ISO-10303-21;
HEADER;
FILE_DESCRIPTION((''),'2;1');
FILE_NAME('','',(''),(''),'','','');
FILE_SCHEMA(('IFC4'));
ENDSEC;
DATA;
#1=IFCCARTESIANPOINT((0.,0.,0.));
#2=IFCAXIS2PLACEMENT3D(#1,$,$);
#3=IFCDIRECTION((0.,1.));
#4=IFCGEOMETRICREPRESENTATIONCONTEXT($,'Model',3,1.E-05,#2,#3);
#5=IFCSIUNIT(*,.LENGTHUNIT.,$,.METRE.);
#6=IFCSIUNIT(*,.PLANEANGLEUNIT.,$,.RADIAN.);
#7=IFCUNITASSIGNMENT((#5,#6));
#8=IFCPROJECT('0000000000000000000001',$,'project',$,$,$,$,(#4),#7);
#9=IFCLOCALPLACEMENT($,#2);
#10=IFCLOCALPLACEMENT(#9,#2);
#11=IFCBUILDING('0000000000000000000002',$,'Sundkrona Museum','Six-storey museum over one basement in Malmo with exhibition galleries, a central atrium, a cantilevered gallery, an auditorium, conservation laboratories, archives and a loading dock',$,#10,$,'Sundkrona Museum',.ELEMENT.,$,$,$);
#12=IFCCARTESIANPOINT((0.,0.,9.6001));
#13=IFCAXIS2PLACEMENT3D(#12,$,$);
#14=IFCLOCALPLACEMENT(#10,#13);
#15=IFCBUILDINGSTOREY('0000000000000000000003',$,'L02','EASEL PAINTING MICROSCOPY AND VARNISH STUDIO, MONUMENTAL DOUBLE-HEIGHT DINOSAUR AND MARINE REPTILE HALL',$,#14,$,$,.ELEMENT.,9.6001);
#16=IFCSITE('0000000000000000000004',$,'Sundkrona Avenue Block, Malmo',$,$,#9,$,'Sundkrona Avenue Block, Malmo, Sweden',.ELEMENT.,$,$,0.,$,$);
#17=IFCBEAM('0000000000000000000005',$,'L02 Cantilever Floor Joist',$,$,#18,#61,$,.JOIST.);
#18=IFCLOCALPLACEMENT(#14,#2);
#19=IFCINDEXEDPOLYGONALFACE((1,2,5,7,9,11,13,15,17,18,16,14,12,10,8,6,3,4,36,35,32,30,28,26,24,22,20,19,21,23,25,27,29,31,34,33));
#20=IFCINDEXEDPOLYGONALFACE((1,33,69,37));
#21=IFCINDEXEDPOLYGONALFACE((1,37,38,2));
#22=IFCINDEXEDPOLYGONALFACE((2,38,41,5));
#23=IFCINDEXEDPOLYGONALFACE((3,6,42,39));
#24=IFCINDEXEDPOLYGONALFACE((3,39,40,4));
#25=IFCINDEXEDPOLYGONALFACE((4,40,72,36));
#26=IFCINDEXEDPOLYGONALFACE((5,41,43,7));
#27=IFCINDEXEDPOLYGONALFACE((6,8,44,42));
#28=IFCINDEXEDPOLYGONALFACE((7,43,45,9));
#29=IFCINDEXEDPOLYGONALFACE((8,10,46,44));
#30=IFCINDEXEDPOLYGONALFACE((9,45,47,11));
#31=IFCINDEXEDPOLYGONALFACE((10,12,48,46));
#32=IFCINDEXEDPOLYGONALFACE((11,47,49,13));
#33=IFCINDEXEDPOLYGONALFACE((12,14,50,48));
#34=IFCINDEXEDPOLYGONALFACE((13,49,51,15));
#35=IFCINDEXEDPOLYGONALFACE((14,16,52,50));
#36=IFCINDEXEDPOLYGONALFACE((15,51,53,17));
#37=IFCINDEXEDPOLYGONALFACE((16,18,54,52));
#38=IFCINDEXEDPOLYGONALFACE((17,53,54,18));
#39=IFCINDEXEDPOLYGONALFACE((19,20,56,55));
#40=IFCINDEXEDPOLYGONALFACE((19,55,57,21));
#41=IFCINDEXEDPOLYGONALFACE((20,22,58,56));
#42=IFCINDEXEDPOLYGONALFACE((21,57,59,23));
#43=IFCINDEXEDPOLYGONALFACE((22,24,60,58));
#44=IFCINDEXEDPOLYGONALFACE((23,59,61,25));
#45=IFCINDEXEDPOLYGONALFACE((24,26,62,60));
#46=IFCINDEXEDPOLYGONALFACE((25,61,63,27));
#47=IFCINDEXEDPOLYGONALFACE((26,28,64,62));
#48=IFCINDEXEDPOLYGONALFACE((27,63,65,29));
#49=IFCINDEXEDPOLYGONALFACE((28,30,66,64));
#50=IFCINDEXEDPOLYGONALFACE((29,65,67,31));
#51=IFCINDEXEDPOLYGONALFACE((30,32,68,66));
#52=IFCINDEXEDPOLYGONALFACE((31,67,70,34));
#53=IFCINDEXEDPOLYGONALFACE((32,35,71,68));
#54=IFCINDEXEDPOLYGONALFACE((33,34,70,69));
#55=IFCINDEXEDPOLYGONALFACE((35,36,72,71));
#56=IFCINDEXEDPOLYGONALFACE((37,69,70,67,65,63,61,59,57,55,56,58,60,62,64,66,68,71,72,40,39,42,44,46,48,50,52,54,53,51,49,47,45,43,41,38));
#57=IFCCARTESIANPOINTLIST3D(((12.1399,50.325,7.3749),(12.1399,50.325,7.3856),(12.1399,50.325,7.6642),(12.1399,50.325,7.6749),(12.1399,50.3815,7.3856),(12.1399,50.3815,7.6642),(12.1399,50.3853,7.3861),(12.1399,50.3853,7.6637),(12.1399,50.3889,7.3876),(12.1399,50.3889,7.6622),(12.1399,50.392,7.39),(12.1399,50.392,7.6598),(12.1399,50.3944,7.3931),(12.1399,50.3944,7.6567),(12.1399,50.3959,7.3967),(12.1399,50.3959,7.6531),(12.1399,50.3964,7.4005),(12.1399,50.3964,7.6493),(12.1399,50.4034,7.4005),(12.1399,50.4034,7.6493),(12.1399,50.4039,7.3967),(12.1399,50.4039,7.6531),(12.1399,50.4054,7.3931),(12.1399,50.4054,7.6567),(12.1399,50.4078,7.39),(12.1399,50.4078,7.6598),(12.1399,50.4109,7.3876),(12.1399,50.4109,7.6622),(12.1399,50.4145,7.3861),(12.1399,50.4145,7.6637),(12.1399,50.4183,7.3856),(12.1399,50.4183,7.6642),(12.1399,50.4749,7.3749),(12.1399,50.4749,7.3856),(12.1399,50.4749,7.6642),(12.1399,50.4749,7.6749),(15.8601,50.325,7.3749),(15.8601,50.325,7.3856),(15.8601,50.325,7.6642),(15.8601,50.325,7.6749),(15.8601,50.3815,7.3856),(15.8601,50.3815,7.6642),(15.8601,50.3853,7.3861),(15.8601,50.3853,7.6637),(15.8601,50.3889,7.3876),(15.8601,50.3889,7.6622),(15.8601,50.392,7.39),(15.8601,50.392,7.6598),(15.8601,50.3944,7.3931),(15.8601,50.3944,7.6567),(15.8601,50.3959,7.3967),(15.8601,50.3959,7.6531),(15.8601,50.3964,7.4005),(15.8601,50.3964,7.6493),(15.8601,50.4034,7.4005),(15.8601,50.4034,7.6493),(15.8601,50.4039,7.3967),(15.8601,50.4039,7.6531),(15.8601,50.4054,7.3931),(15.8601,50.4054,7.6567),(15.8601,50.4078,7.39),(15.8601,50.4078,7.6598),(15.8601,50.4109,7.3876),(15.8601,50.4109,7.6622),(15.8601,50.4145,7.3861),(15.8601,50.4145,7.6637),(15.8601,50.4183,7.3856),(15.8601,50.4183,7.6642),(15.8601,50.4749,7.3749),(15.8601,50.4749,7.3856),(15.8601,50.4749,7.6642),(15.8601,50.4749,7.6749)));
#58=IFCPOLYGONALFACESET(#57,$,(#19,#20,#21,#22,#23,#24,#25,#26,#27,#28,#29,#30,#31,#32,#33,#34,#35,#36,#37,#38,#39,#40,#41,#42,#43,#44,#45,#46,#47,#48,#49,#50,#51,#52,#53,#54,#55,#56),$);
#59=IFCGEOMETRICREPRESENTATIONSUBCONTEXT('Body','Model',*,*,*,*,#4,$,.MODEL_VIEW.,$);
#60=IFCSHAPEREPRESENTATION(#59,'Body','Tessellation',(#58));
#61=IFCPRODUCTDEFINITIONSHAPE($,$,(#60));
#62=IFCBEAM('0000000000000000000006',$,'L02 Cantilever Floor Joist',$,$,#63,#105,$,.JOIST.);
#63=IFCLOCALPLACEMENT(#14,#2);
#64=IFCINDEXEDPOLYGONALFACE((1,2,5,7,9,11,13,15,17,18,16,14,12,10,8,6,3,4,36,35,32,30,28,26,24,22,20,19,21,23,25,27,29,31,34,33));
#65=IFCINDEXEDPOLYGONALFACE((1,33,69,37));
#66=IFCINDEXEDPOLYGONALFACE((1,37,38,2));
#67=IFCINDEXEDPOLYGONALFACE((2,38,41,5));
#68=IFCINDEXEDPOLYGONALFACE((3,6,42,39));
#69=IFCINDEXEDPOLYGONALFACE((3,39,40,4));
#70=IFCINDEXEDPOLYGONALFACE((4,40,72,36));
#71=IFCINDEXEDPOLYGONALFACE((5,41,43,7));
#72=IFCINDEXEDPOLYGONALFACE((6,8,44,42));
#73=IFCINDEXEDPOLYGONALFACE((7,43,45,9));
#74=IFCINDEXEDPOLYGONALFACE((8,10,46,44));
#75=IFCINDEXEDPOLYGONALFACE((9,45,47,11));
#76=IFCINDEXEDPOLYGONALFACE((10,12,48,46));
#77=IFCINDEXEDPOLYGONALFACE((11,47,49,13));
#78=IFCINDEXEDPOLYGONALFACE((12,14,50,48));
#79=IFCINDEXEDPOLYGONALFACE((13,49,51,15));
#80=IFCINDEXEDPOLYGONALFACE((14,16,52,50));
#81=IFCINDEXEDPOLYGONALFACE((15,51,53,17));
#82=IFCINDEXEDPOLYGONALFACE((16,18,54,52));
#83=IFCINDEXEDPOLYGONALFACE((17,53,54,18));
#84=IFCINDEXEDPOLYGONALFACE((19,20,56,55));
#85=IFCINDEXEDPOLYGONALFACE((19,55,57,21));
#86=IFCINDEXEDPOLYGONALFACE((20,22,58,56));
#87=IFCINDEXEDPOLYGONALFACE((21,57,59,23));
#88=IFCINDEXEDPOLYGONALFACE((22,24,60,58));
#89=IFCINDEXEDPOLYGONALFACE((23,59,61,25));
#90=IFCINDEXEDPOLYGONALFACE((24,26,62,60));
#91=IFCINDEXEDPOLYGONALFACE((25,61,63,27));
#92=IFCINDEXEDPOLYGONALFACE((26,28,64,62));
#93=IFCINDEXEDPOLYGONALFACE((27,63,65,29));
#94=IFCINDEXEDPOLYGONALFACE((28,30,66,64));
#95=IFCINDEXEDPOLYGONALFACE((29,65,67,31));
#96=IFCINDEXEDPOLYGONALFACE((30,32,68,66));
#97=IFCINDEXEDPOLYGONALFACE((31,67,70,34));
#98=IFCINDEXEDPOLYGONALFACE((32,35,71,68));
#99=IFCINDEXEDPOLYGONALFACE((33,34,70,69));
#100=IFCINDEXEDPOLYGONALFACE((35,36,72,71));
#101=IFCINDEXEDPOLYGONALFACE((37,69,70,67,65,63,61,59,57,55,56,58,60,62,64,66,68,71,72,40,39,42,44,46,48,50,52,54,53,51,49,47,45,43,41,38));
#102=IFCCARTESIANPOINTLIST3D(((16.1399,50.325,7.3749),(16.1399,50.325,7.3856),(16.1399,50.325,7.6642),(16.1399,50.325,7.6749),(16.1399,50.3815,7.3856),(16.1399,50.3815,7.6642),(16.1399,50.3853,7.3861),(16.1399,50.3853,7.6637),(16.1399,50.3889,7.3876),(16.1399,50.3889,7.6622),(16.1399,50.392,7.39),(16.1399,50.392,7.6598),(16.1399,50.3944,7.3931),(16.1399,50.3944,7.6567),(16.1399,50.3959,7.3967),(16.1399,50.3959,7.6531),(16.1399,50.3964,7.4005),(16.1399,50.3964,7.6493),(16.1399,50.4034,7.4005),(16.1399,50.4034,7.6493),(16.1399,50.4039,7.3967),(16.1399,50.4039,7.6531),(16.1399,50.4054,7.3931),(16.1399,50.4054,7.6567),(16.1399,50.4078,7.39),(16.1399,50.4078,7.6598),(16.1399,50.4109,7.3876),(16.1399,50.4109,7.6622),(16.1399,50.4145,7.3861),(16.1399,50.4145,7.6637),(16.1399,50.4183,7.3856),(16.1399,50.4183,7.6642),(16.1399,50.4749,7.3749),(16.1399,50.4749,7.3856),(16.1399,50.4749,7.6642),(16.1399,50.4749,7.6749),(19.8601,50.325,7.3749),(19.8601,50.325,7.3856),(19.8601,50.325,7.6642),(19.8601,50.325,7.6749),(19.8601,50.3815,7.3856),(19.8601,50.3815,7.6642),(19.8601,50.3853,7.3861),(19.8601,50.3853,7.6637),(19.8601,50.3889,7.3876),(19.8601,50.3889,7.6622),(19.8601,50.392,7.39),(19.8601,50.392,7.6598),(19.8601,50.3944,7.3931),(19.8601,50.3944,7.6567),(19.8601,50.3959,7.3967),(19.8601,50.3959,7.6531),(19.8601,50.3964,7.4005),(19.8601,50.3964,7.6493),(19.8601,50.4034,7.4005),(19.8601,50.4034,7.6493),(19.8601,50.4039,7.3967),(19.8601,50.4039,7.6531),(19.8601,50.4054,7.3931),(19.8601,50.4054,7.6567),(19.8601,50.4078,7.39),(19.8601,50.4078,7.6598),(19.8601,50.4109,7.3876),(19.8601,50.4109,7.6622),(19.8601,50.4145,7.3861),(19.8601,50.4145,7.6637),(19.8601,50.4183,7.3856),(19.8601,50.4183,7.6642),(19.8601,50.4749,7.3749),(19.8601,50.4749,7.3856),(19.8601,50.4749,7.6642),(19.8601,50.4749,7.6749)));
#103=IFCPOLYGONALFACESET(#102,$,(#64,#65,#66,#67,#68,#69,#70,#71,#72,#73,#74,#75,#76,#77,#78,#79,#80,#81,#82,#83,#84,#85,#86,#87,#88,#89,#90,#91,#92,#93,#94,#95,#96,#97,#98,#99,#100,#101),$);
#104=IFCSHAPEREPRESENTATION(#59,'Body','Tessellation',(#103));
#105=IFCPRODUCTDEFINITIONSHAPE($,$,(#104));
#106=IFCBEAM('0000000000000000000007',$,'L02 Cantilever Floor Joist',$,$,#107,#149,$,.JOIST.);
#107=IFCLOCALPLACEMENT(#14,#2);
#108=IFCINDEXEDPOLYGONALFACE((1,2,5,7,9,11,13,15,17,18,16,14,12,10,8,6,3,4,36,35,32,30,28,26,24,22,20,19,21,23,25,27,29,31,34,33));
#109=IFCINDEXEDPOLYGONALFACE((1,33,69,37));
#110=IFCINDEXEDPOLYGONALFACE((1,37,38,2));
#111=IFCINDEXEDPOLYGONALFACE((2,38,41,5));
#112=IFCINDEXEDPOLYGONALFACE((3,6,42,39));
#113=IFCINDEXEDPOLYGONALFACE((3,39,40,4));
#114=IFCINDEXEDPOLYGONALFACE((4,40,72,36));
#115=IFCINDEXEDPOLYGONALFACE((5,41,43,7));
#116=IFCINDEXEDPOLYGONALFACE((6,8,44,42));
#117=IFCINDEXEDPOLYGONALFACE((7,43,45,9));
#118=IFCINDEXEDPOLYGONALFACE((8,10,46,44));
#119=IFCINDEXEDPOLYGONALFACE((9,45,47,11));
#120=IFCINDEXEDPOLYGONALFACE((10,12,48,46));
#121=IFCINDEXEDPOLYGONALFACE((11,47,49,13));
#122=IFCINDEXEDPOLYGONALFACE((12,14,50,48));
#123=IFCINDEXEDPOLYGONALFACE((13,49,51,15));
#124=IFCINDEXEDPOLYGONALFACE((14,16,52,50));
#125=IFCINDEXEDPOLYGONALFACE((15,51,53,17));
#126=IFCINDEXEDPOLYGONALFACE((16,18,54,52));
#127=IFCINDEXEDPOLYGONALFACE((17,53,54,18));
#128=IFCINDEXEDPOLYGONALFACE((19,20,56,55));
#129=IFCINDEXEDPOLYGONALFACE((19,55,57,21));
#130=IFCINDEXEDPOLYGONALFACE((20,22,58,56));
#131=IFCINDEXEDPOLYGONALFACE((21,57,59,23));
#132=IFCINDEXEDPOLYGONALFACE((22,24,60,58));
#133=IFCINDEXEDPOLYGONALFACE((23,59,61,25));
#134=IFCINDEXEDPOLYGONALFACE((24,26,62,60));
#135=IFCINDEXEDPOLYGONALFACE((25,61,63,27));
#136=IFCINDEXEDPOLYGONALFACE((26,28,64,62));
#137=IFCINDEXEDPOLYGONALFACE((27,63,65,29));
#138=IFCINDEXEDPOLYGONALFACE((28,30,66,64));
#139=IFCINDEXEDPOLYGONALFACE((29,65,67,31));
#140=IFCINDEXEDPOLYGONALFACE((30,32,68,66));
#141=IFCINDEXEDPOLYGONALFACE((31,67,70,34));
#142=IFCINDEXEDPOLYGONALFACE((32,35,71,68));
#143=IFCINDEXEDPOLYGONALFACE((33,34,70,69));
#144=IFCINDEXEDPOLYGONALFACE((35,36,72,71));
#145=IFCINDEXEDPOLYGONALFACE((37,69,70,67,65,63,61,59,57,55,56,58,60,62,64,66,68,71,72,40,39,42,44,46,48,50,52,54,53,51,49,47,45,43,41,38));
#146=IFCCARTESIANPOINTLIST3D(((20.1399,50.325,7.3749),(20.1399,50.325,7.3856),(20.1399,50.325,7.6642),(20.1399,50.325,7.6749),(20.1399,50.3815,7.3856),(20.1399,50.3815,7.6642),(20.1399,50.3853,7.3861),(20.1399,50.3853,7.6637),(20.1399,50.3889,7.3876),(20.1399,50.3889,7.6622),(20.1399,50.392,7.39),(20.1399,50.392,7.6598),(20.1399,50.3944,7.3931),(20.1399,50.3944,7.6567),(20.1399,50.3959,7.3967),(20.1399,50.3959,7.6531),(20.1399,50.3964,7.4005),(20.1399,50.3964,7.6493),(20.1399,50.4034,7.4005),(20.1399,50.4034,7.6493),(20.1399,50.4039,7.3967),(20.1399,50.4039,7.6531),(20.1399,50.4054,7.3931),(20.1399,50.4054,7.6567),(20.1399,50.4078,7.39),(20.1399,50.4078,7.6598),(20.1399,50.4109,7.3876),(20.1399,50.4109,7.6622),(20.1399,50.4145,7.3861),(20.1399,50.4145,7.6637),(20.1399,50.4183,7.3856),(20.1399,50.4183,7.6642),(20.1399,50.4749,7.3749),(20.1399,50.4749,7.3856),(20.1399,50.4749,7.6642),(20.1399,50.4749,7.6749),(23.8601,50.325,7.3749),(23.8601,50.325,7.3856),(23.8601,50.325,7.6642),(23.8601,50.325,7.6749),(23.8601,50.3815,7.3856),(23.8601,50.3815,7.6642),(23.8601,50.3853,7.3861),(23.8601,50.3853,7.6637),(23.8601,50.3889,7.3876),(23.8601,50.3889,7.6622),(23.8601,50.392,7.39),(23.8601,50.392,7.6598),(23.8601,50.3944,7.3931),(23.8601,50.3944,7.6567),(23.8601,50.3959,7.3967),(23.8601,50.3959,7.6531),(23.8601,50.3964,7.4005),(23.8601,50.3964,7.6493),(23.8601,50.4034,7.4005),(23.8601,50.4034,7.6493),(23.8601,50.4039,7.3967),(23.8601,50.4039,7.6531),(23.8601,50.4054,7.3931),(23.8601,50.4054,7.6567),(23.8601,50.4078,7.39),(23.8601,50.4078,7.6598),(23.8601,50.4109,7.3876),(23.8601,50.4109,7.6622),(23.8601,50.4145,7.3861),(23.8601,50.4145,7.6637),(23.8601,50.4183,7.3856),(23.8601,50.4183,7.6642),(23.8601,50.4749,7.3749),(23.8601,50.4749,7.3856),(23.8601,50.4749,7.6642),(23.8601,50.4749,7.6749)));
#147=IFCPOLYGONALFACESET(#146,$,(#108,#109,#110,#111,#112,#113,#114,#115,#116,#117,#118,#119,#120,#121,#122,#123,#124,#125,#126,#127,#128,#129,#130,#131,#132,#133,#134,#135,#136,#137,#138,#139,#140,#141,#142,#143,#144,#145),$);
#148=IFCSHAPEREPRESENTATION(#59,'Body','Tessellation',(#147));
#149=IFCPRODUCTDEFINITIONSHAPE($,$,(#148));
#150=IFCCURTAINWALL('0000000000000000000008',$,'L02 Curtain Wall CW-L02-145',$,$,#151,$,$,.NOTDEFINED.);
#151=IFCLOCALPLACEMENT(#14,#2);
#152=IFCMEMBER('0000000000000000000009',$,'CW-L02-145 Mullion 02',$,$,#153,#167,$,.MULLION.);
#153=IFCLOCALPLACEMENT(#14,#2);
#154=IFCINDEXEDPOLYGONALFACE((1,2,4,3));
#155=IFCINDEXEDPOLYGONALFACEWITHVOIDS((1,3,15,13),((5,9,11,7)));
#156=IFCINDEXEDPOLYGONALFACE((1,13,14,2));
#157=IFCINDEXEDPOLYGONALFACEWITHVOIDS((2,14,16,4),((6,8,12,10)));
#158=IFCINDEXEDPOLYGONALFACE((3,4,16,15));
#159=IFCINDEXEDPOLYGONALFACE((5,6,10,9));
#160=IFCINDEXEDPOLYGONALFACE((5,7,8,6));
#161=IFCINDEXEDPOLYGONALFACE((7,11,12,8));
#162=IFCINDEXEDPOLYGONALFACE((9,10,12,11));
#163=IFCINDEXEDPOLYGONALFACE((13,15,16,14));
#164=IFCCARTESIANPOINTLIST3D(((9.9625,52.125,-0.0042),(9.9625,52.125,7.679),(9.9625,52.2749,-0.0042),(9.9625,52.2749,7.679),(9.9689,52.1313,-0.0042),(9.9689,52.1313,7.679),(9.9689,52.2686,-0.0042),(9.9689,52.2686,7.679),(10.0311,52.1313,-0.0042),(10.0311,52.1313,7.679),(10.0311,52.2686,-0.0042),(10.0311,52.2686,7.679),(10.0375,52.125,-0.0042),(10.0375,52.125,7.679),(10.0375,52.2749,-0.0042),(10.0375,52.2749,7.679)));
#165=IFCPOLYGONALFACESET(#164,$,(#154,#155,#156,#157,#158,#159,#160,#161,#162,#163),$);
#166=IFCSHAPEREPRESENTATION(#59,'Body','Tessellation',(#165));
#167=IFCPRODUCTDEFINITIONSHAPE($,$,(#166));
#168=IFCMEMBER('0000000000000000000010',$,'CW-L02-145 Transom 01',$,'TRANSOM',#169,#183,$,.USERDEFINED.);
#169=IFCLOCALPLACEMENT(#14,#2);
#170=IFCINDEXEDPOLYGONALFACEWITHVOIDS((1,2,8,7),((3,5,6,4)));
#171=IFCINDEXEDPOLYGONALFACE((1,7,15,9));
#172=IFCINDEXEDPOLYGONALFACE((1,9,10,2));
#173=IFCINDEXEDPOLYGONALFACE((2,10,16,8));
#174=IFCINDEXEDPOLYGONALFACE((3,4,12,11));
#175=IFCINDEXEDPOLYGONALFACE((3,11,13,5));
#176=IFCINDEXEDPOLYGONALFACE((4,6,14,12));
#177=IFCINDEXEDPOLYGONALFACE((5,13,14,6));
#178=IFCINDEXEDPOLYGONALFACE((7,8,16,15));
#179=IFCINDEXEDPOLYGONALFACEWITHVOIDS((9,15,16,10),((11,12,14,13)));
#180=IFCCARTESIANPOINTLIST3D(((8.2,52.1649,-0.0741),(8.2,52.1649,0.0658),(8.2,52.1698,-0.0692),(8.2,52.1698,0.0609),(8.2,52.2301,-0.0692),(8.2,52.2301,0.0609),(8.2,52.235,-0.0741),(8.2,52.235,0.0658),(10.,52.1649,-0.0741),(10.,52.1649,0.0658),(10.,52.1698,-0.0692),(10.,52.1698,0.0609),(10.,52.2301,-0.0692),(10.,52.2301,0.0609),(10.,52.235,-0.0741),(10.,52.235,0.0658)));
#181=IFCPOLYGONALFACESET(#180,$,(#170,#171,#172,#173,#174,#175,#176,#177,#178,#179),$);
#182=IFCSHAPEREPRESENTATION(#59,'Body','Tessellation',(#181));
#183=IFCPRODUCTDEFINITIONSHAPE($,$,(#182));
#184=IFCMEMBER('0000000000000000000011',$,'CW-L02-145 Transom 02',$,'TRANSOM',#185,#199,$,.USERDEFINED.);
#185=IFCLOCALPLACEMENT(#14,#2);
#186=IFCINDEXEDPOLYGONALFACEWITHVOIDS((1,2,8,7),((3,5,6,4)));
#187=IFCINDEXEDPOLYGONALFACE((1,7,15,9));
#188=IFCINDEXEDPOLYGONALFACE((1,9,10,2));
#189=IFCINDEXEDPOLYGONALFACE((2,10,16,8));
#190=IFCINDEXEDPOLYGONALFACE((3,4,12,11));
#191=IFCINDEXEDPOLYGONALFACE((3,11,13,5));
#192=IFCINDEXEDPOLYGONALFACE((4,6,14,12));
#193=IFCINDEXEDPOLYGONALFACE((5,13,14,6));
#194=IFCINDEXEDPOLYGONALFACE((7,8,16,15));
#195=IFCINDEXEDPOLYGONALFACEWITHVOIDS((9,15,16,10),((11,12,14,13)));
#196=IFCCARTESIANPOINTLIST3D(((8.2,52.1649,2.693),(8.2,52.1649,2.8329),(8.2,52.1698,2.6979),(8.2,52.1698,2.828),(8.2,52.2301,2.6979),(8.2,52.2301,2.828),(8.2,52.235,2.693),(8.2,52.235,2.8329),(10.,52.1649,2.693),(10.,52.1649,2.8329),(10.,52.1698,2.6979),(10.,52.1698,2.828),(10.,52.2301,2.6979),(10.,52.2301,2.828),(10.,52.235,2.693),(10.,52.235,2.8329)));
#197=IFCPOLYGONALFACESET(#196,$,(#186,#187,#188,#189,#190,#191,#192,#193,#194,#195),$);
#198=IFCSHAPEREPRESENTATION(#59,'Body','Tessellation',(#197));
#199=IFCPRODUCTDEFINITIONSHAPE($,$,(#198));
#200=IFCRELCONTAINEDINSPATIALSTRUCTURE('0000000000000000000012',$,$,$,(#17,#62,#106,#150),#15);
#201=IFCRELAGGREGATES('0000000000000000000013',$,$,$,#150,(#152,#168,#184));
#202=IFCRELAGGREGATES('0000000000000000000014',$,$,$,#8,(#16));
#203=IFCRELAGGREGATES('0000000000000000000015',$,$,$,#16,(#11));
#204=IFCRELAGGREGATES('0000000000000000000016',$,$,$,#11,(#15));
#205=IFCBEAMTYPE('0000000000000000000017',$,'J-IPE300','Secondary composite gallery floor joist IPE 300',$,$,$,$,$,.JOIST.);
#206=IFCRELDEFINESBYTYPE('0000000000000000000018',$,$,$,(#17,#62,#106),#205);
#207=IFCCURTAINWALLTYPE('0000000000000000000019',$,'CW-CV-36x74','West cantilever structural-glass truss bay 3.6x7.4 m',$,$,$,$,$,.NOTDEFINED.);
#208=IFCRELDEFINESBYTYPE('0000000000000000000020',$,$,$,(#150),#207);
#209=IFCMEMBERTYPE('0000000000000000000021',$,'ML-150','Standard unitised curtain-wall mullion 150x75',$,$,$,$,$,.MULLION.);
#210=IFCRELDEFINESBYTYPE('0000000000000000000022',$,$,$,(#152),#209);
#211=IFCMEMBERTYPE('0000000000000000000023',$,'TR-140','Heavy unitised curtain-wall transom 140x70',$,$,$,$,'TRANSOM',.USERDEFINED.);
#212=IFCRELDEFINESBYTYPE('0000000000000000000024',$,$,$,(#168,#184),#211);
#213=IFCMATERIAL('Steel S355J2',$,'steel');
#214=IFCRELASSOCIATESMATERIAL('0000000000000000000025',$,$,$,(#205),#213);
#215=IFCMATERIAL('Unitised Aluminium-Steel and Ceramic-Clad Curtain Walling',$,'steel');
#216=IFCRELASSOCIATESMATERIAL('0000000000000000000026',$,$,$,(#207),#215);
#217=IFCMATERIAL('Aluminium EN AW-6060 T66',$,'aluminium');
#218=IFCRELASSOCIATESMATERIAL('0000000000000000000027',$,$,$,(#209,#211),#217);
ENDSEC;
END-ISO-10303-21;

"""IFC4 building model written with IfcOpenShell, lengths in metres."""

from ifc_helpers import new_model, si_unit, direction, frame, origin, origin_2d, place, context, subcontext, project, spatial, hollow_rectangle, i_section, extrude, material, material_profile, profile_set, type_object, element, aggregate, save


model = new_model("IFC4")

# Units and contexts
model_context = context("Model", 3, precision=1e-05, world=origin(), true_north=direction((0.0, 1.0)))
body_context = subcontext(model_context, "Body", "Model", "MODEL_VIEW")
ifc_project = project(units=[si_unit("LENGTHUNIT", "METRE"), si_unit("PLANEANGLEUNIT", "RADIAN")], contexts=[model_context])

# Site, building, storey
site_placement = place(None, origin())
site = spatial("IfcSite", under=ifc_project, at=site_placement, Name="Sundkrona Avenue Block, Malmo", LongName="Sundkrona Avenue Block, Malmo, Sweden", CompositionType="ELEMENT", RefElevation=0.0)
building_placement = place(site_placement, origin())
building = spatial("IfcBuilding", under=site, at=building_placement, Name="Sundkrona Museum", Description="Six-storey museum over one basement in Malmo with exhibition galleries, a central atrium, a cantilevered gallery, an auditorium, conservation laboratories, archives and a loading dock", LongName="Sundkrona Museum", CompositionType="ELEMENT")
storey_placement = place(building_placement, frame((0.0, 0.0, 9.6001)))
storey = spatial("IfcBuildingStorey", under=building, at=storey_placement, Name="L02", Description="EASEL PAINTING MICROSCOPY AND VARNISH STUDIO, MONUMENTAL DOUBLE-HEIGHT DINOSAUR AND MARINE REPTILE HALL", CompositionType="ELEMENT", Elevation=9.6001)

# Shared definitions
ifc_material_1 = material(Name="Steel S355J2", Category="steel")

# Beams
ifc_material_profile_1 = material_profile(ifc_material_1, i_section(OverallWidth=0.1499, OverallDepth=0.3, WebThickness=0.0071, FlangeThickness=0.0107, FilletRadius=0.0149, at=origin_2d()), Name="IPE 300")
ifc_profile_set_1 = profile_set([ifc_material_profile_1], Name="Steel S355J2")
beam_type_1 = type_object("IfcBeamType", Name="J-IPE300", Description="Secondary composite gallery floor joist IPE 300", PredefinedType="JOIST", material=ifc_profile_set_1)
for number, where, z_axis, x_axis, name in (
    (1, (12.1399, 50.3999, 7.5249), (1.0, 0.0, 0.0), (0.0, 1.0, 0.0), "L02 Cantilever Floor Joist"),
    (2, (16.1399, 50.3999, 7.5249), (1.0, 0.0, 0.0), (0.0, 1.0, 0.0), "L02 Cantilever Floor Joist"),
    (3, (20.1399, 50.3999, 7.5249), (1.0, 0.0, 0.0), (0.0, 1.0, 0.0), "L02 Cantilever Floor Joist"),
):
    element("IfcBeam", number, at=place(storey_placement, frame(where, z_axis=z_axis, x_axis=x_axis)), inside=storey, type_object=beam_type_1, Name=name, PredefinedType="JOIST", context=body_context, shape_type="SweptSolid", body=[
        extrude(i_section(OverallWidth=0.1499, OverallDepth=0.3, WebThickness=0.0071, FlangeThickness=0.0107, FilletRadius=0.0149, at=origin_2d()), origin(), (0.0, 0.0, 1.0), 3.7202),
    ])

# Curtain wall, members
ifc_material_2 = material(Name="Unitised Aluminium-Steel and Ceramic-Clad Curtain Walling", Category="steel")
curtain_wall_type = type_object("IfcCurtainWallType", Name="CW-CV-36x74", Description="West cantilever structural-glass truss bay 3.6x7.4 m", PredefinedType="NOTDEFINED", material=ifc_material_2)
curtain_wall_placement = place(storey_placement, origin())
curtain_wall = element("IfcCurtainWall", 4, at=curtain_wall_placement, inside=storey, type_object=curtain_wall_type, Name="L02 Curtain Wall CW-L02-145", PredefinedType="NOTDEFINED")
ifc_material_3 = material(Name="Aluminium EN AW-6060 T66", Category="aluminium")
ifc_material_profile_2 = material_profile(ifc_material_3, hollow_rectangle(XDim=0.075, YDim=0.1499, WallThickness=0.0063, at=origin_2d()), Name="RHS 150x75x6.3")
ifc_profile_set_2 = profile_set([ifc_material_profile_2], Name="Aluminium EN AW-6060 T66")
member_type_1 = type_object("IfcMemberType", Name="ML-150", Description="Standard unitised curtain-wall mullion 150x75", PredefinedType="MULLION", material=ifc_profile_set_2)
member_1_placement = place(storey_placement, frame((10.0, 52.2, -0.0042), z_axis=(0.0, 0.0, 1.0), x_axis=(1.0, 0.0, 0.0)))
member_1 = element("IfcMember", 5, at=member_1_placement, type_object=member_type_1, Name="CW-L02-145 Mullion 02", PredefinedType="MULLION", context=body_context, shape_type="SweptSolid", body=[
    extrude(hollow_rectangle(XDim=0.075, YDim=0.1499, WallThickness=0.0063, at=origin_2d()), origin(), (0.0, 0.0, 1.0), 7.6831),
])
ifc_material_profile_3 = material_profile(ifc_material_3, hollow_rectangle(XDim=0.0701, YDim=0.1399, WallThickness=0.0049, at=origin_2d()), Name="RHS 140x70x5.0")
ifc_profile_set_3 = profile_set([ifc_material_profile_3], Name="Aluminium EN AW-6060 T66")
member_type_2 = type_object("IfcMemberType", Name="TR-140", Description="Heavy unitised curtain-wall transom 140x70", ElementType="TRANSOM", PredefinedType="USERDEFINED", material=ifc_profile_set_3)
member_2_placement = place(storey_placement, frame((8.2, 52.2, -0.0042), z_axis=(1.0, 0.0, 0.0), x_axis=(0.0, 1.0, 0.0)))
member_2 = element("IfcMember", 6, at=member_2_placement, type_object=member_type_2, Name="CW-L02-145 Transom 01", ObjectType="TRANSOM", PredefinedType="USERDEFINED", context=body_context, shape_type="SweptSolid", body=[
    extrude(hollow_rectangle(XDim=0.0701, YDim=0.1399, WallThickness=0.0049, at=origin_2d()), origin(), (0.0, 0.0, 1.0), 1.8),
])
member_3_placement = place(storey_placement, frame((8.2, 52.2, 2.7629), z_axis=(1.0, 0.0, 0.0), x_axis=(0.0, 1.0, 0.0)))
member_3 = element("IfcMember", 7, at=member_3_placement, type_object=member_type_2, Name="CW-L02-145 Transom 02", ObjectType="TRANSOM", PredefinedType="USERDEFINED", context=body_context, shape_type="SweptSolid", body=[
    extrude(hollow_rectangle(XDim=0.0701, YDim=0.1399, WallThickness=0.0049, at=origin_2d()), origin(), (0.0, 0.0, 1.0), 1.8),
])
aggregate(curtain_wall, [member_1, member_2, member_3])

save(model, "model.ifc")
